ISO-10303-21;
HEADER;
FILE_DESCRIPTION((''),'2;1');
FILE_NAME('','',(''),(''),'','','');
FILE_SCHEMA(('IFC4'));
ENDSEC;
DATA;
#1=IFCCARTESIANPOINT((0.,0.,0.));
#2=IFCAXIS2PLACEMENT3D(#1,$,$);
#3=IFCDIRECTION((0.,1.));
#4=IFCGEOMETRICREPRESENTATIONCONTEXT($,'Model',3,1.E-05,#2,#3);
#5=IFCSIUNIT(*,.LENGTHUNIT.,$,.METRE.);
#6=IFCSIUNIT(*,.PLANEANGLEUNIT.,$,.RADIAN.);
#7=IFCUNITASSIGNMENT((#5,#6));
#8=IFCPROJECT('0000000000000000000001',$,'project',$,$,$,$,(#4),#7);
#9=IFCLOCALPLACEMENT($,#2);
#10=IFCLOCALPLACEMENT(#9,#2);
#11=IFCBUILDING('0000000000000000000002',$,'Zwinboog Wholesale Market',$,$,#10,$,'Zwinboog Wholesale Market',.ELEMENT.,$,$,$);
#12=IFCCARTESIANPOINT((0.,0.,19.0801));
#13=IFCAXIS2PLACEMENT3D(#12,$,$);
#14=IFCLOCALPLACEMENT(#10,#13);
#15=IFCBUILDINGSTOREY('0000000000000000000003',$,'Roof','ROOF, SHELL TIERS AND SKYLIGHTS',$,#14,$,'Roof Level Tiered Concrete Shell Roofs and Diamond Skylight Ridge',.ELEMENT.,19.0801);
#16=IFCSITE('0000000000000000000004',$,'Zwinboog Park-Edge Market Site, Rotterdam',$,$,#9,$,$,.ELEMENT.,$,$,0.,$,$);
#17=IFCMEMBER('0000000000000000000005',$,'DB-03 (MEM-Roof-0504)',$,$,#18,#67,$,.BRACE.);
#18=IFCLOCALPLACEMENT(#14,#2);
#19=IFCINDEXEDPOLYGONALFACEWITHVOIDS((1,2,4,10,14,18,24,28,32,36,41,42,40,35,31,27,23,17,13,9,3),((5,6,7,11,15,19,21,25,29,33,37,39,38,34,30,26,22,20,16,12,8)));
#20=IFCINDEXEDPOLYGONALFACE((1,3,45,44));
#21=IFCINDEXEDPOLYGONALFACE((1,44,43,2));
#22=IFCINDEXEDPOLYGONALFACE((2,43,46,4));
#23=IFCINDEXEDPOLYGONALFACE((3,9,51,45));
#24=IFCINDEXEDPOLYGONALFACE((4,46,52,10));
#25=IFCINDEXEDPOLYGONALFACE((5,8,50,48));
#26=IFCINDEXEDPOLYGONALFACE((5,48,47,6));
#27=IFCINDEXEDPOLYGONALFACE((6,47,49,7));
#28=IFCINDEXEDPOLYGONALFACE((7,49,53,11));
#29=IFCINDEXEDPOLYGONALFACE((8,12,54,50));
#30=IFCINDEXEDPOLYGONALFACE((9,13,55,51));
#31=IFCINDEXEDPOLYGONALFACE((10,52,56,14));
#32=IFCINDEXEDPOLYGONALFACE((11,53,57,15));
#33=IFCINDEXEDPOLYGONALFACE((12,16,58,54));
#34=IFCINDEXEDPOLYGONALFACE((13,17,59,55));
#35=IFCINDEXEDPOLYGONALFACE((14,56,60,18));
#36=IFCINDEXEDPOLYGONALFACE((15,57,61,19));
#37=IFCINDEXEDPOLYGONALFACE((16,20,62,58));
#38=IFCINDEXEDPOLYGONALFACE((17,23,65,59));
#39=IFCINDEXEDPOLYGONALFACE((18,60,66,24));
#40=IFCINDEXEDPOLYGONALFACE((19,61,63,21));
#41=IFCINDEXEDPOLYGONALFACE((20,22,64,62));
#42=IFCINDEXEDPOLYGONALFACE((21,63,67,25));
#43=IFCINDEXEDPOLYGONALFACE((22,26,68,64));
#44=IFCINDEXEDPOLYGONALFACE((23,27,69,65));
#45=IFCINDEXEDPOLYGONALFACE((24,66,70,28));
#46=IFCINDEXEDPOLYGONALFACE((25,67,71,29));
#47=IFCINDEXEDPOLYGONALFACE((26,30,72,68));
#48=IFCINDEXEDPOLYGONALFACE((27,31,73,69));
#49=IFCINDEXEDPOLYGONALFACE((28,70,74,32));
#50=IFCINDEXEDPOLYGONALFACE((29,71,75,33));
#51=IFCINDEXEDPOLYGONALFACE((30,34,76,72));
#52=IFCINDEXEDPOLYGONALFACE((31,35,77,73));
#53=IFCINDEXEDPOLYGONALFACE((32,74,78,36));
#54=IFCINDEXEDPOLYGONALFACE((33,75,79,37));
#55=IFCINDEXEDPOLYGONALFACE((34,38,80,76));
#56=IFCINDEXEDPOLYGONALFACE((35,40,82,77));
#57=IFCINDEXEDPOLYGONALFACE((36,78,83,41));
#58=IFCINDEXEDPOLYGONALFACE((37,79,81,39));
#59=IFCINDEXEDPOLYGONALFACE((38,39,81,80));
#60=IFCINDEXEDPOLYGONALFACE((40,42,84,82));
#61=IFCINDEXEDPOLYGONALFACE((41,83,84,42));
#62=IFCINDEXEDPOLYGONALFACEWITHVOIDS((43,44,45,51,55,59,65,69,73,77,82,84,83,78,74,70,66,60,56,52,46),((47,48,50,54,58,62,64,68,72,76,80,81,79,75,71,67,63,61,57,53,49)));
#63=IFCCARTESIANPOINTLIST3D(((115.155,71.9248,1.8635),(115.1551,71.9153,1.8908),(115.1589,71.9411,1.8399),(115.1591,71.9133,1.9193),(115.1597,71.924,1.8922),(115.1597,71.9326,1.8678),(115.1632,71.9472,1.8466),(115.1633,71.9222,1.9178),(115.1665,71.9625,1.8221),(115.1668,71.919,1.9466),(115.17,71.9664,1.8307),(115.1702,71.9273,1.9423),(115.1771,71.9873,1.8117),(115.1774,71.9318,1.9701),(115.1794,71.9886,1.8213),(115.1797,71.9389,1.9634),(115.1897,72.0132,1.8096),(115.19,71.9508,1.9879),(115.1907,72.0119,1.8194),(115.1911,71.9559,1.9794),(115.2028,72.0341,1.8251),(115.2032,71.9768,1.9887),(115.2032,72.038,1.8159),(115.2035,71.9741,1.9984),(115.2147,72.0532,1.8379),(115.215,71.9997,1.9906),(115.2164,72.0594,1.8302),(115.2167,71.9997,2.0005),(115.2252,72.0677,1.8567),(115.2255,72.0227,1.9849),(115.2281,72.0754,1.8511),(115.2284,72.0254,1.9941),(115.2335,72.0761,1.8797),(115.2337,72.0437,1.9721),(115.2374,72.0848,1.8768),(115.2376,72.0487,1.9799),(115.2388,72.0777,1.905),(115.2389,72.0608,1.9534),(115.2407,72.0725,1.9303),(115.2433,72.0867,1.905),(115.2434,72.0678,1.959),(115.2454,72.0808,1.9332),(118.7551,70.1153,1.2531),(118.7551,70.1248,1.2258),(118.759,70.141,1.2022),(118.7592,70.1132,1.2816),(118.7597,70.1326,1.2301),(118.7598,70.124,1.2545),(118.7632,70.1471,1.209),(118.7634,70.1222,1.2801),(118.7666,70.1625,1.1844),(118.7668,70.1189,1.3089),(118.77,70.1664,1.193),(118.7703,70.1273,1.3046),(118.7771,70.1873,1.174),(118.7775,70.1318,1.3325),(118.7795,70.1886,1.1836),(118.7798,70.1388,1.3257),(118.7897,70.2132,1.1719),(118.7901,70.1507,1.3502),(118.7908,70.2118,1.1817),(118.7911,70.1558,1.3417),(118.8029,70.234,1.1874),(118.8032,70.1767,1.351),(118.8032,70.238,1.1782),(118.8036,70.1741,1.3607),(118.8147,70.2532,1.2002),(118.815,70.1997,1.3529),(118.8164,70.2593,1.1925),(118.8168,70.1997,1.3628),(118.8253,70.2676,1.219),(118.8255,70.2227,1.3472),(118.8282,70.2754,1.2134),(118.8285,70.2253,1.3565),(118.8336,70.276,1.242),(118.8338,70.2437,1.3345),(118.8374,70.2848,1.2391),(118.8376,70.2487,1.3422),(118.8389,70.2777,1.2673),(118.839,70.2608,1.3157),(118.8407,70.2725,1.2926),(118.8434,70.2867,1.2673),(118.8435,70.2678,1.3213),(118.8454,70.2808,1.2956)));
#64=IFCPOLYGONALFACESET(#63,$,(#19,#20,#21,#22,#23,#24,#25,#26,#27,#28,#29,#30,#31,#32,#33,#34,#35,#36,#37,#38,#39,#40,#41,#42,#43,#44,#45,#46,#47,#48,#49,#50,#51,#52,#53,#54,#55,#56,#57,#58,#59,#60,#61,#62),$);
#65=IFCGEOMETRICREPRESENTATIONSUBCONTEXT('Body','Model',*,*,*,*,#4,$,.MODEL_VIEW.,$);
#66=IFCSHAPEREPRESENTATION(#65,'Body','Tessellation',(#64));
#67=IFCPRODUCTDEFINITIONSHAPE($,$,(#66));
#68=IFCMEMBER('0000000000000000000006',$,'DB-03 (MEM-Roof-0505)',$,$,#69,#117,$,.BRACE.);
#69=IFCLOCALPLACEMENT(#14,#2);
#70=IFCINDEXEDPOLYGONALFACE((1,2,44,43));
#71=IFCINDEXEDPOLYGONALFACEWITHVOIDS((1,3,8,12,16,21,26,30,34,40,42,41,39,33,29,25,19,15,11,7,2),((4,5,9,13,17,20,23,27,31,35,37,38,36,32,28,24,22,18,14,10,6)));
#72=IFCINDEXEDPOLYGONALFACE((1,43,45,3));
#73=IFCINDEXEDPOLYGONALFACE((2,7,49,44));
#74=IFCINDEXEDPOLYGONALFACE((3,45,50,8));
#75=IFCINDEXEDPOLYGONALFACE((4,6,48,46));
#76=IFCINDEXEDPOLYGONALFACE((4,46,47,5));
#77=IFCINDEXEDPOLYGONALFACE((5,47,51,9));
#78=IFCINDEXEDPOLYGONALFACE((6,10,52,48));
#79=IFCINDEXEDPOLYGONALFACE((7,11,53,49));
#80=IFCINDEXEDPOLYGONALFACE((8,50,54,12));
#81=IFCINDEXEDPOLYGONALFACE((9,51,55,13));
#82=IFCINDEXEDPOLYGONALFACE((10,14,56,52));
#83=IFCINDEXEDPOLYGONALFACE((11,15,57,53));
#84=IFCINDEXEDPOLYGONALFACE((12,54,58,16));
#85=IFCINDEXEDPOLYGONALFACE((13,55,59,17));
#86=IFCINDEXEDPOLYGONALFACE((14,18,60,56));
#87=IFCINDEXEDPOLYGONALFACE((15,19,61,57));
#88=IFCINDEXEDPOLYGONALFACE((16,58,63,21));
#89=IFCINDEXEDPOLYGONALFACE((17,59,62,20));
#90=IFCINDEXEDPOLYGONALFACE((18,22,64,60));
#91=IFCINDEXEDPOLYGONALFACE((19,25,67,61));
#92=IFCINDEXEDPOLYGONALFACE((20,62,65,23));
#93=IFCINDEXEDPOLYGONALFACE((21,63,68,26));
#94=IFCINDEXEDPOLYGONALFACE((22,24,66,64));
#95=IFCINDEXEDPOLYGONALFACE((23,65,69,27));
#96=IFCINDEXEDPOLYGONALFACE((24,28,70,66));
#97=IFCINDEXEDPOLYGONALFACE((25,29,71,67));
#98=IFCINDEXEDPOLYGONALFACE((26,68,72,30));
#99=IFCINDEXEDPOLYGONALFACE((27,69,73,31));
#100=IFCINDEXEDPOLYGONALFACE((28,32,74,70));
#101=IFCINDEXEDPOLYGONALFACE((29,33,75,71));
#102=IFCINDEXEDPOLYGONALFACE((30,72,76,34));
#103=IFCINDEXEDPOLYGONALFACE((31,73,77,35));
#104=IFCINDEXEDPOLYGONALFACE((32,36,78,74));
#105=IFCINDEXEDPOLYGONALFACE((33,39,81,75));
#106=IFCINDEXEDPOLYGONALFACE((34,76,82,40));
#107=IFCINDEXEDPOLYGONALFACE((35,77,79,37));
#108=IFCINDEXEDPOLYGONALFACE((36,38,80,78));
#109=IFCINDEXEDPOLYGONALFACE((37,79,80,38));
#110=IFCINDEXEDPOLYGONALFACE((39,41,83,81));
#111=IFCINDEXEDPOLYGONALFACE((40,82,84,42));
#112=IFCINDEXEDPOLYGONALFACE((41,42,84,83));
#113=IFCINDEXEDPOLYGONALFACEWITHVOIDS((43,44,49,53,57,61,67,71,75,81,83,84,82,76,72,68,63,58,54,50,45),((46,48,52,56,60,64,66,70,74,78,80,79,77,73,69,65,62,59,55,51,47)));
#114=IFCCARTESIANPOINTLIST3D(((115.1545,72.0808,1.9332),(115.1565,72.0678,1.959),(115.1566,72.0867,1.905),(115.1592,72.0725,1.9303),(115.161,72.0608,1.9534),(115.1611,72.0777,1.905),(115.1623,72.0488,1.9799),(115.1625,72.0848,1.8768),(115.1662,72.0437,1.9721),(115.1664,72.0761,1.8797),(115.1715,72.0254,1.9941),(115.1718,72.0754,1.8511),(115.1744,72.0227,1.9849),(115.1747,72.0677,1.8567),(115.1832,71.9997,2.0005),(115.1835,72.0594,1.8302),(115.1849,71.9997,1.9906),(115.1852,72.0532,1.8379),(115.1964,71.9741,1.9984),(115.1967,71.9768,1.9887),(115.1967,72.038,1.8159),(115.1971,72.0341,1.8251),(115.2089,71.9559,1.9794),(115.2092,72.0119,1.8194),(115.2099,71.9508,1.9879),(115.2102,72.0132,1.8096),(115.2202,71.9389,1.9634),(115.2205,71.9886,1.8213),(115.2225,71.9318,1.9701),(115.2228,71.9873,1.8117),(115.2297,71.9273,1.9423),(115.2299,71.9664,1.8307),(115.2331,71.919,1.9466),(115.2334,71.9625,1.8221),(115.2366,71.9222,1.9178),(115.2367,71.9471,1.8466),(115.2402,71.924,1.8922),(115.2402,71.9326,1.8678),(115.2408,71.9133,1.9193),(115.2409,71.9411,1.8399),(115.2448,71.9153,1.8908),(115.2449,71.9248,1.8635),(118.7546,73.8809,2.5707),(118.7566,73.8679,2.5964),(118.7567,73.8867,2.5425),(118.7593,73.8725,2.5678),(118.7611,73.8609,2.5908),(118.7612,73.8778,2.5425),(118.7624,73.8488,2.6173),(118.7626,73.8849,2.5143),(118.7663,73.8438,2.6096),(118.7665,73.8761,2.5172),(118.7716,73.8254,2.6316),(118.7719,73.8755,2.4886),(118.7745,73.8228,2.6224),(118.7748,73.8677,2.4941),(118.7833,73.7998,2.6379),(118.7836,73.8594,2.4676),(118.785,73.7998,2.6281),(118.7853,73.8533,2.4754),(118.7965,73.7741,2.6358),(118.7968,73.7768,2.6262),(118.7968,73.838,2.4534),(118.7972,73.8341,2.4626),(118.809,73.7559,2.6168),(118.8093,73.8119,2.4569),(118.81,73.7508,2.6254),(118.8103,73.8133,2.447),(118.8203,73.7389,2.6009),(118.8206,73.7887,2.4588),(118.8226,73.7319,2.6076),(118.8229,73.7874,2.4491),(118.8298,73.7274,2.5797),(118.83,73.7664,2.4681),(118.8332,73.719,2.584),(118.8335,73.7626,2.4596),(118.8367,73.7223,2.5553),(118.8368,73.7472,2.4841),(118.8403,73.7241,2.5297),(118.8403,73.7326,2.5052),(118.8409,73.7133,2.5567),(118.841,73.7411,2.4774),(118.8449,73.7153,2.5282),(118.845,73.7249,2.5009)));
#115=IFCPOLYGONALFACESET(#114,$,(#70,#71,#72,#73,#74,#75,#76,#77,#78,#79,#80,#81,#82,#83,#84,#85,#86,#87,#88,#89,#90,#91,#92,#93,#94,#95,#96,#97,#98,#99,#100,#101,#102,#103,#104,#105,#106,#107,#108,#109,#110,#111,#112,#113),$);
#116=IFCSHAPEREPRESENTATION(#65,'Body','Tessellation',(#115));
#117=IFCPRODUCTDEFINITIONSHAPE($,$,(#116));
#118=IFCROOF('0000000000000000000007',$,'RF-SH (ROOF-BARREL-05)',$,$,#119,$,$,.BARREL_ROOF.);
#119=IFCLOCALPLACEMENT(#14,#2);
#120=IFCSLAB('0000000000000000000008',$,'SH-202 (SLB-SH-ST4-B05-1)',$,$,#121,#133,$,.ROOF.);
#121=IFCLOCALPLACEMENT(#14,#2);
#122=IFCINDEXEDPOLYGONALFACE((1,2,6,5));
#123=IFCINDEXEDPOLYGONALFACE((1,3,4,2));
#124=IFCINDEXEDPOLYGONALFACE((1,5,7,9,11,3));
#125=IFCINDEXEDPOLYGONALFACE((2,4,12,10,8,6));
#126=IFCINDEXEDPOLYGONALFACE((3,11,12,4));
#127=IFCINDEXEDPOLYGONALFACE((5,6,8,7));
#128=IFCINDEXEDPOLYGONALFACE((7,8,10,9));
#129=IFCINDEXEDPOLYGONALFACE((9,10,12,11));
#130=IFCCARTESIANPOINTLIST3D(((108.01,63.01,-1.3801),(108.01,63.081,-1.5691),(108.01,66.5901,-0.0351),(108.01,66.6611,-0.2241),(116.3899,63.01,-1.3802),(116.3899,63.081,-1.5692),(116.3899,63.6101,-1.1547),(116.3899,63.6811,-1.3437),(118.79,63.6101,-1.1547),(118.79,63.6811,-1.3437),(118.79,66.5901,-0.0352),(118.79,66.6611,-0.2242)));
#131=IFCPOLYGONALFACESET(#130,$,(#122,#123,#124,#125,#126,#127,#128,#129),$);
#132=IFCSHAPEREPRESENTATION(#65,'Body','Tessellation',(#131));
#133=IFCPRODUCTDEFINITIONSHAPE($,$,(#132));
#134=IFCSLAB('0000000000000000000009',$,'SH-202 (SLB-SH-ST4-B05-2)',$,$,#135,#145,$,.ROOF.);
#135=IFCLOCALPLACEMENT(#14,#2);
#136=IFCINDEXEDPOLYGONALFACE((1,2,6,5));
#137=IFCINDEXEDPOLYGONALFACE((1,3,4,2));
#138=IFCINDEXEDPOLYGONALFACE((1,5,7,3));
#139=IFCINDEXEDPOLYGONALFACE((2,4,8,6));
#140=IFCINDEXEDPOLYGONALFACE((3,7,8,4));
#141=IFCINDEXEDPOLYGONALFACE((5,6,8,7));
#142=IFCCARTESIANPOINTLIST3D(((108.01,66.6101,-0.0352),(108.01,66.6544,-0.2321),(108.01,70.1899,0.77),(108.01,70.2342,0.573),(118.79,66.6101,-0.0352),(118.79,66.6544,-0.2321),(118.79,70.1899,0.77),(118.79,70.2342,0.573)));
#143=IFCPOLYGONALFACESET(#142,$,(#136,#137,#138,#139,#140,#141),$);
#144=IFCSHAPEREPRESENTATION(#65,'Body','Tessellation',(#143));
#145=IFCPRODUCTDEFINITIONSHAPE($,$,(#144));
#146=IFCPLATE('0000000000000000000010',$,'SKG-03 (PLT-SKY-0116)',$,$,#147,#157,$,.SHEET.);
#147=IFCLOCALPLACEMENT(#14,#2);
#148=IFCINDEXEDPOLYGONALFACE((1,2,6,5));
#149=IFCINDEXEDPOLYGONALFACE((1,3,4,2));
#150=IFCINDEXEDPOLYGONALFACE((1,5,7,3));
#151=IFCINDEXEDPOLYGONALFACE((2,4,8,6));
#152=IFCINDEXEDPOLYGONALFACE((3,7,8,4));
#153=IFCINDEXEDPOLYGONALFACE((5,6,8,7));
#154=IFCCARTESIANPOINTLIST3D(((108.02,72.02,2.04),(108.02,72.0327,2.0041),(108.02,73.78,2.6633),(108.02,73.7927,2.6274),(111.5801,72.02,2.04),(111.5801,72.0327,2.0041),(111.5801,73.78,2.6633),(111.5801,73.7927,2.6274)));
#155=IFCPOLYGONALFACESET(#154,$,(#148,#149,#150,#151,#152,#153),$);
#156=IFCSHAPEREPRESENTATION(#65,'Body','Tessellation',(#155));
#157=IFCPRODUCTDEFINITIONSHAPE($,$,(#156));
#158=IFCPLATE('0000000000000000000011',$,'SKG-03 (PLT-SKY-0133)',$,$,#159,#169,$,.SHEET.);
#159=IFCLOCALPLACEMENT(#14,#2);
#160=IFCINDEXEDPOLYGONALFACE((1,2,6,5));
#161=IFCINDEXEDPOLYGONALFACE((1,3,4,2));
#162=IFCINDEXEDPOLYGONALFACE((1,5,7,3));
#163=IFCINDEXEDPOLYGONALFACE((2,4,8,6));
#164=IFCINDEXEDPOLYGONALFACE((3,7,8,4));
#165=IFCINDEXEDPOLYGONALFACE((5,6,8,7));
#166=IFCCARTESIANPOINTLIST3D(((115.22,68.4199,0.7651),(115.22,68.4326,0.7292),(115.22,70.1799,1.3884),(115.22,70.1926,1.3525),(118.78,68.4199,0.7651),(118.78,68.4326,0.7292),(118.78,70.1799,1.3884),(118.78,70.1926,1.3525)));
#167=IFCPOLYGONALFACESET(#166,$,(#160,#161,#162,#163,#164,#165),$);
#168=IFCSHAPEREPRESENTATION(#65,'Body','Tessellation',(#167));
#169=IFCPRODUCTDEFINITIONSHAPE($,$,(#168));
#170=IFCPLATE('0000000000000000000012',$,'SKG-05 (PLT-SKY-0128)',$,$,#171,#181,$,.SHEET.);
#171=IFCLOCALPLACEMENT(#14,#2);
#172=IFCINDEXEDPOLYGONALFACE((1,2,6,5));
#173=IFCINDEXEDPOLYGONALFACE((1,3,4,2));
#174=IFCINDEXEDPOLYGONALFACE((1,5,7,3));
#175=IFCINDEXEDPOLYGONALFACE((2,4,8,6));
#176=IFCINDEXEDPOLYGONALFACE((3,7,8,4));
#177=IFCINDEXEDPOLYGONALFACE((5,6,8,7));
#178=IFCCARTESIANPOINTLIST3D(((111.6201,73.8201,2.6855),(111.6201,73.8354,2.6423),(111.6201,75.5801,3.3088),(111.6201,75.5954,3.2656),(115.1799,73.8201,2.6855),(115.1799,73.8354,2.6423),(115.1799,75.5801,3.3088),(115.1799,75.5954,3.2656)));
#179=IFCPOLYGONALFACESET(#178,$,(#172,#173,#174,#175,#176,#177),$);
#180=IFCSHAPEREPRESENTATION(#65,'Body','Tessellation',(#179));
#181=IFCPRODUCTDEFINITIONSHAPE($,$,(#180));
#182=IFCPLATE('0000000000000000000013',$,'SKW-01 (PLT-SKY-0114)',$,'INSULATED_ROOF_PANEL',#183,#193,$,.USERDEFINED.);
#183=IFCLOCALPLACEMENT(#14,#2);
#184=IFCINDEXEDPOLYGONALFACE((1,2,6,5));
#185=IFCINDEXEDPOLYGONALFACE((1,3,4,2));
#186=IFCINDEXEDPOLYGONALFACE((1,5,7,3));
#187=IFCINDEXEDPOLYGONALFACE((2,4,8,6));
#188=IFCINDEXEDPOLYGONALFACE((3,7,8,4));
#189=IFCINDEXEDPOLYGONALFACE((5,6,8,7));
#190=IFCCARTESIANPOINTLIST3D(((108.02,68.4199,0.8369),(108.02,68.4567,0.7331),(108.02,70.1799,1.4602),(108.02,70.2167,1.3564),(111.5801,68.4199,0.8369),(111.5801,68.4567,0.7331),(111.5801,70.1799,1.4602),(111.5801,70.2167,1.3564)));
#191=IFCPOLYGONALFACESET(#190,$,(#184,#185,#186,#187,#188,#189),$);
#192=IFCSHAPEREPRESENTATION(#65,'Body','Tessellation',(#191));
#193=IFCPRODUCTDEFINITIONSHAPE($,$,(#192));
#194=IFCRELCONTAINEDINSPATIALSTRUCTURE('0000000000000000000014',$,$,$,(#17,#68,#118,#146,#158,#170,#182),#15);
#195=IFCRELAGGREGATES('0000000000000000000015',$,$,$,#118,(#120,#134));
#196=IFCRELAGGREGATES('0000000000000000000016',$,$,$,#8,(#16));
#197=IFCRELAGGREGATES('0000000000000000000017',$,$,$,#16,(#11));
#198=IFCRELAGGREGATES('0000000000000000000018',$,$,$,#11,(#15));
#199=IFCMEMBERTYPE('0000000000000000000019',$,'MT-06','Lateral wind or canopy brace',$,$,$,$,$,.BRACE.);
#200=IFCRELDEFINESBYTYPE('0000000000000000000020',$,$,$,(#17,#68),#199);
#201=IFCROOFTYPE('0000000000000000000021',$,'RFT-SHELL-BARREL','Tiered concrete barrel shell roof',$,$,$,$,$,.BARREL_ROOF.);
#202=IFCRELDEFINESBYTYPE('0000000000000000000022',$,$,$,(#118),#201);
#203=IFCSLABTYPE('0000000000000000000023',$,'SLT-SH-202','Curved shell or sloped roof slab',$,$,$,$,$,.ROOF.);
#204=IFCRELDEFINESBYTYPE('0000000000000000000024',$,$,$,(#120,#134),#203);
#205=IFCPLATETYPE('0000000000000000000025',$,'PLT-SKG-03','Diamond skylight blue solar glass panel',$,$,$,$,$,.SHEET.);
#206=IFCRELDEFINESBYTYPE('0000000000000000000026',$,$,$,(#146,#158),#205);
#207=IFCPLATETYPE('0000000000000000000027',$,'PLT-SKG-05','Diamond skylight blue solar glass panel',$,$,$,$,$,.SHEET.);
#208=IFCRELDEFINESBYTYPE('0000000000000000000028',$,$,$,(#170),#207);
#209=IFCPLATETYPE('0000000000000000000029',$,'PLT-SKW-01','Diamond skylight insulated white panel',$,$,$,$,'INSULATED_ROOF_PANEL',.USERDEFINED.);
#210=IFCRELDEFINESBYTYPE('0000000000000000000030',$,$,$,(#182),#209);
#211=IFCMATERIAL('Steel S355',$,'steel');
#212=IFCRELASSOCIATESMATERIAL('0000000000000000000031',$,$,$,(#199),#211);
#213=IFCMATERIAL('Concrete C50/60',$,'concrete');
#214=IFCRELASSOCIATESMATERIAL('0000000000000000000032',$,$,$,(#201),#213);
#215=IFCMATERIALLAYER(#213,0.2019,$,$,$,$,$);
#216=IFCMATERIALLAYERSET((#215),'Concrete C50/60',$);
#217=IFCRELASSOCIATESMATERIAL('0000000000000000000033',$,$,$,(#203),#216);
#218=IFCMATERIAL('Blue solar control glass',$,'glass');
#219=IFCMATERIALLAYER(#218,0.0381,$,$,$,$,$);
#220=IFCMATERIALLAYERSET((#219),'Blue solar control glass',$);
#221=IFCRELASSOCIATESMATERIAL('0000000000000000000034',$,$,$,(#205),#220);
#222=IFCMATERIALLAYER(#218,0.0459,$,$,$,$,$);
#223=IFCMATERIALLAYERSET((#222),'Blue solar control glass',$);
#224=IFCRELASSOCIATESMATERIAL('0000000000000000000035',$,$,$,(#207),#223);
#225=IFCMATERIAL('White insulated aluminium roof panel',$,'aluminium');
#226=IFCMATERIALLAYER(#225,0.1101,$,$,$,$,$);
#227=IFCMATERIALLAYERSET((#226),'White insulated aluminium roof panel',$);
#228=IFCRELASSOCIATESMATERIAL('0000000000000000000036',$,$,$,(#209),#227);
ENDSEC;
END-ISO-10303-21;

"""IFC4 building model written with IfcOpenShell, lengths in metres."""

from ifc_helpers import new_model, si_unit, direction, frame, origin, origin_2d, place, context, subcontext, project, spatial, polyline, hollow_circle, outline, extrude, material, layer, layer_set, material_profile, profile_set, type_object, element, aggregate, save


model = new_model("IFC4")

# Units and contexts
model_context = context("Model", 3, precision=1e-05, world=origin(), true_north=direction((0.0, 1.0)))
body_context = subcontext(model_context, "Body", "Model", "MODEL_VIEW")
ifc_project = project(units=[si_unit("LENGTHUNIT", "METRE"), si_unit("PLANEANGLEUNIT", "RADIAN")], contexts=[model_context])

# Site, building, storey
site_placement = place(None, origin())
site = spatial("IfcSite", under=ifc_project, at=site_placement, Name="Zwinboog Park-Edge Market Site, Rotterdam", CompositionType="ELEMENT", RefElevation=0.0)
building_placement = place(site_placement, origin())
building = spatial("IfcBuilding", under=site, at=building_placement, Name="Zwinboog Wholesale Market", LongName="Zwinboog Wholesale Market", CompositionType="ELEMENT")
storey_placement = place(building_placement, frame((0.0, 0.0, 19.0801)))
storey = spatial("IfcBuildingStorey", under=building, at=storey_placement, Name="Roof", Description="ROOF, SHELL TIERS AND SKYLIGHTS", LongName="Roof Level Tiered Concrete Shell Roofs and Diamond Skylight Ridge", CompositionType="ELEMENT", Elevation=19.0801)

# Members
ifc_material_1 = material(Name="Steel S355", Category="steel")
ifc_material_profile_1 = material_profile(ifc_material_1, hollow_circle(Radius=0.0969, WallThickness=0.01, at=origin_2d()), Name="CHS 193.7x10")
ifc_profile_set_1 = profile_set([ifc_material_profile_1], Name="Steel S355")
member_type_1 = type_object("IfcMemberType", Name="MT-06", Description="Lateral wind or canopy brace", PredefinedType="BRACE", material=ifc_profile_set_1)
for number, where, z_axis, x_axis, name in (
    (1, (115.2, 72.0, 1.905), (0.883409, -0.441704, -0.156481), (0.447214, 0.894427, 0.0), "DB-03 (MEM-Roof-0504)"),
    (2, (115.2, 72.0, 1.905), (0.883417, 0.441709, 0.156422), (-0.447214, 0.894427, 0.0), "DB-03 (MEM-Roof-0505)"),
):
    element("IfcMember", number, at=place(storey_placement, frame(where, z_axis=z_axis, x_axis=x_axis)), inside=storey, type_object=member_type_1, Name=name, PredefinedType="BRACE", context=body_context, shape_type="SweptSolid", body=[
        extrude(hollow_circle(Radius=0.0969, WallThickness=0.01, at=origin_2d()), origin(), (0.0, 0.0, 1.0), 4.0752),
    ])

# Roof, slabs
ifc_material_2 = material(Name="Concrete C50/60", Category="concrete")
roof_type = type_object("IfcRoofType", Name="RFT-SHELL-BARREL", Description="Tiered concrete barrel shell roof", PredefinedType="BARREL_ROOF", material=ifc_material_2)
roof_placement = place(storey_placement, origin())
roof = element("IfcRoof", 3, at=roof_placement, inside=storey, type_object=roof_type, Name="RF-SH (ROOF-BARREL-05)", PredefinedType="BARREL_ROOF")
ifc_layer_1 = layer(ifc_material_2, 0.2019)
ifc_layer_set_1 = layer_set([ifc_layer_1], Name="Concrete C50/60")
slab_type = type_object("IfcSlabType", Name="SLT-SH-202", Description="Curved shell or sloped roof slab", PredefinedType="ROOF", material=ifc_layer_set_1)
slab_1_placement = place(storey_placement, frame((108.01, 63.01, -1.3801), z_axis=(0.000005, -0.351689, 0.936117), x_axis=(1.0, 0.000002, -0.000004)))
slab_1 = element("IfcSlab", 4, at=slab_1_placement, type_object=slab_type, Name="SH-202 (SLB-SH-ST4-B05-1)", PredefinedType="ROOF", context=body_context, shape_type="SweptSolid", body=[
    extrude(outline(polyline([(0.0, 0.0), (8.3799, 0.0), (8.3799, 0.641), (10.78, 0.641), (10.78, 3.8244), (0.0, 3.8244), (0.0, 0.0)])), origin(), (0.0, 0.0, -1.0), 0.2019),
])
slab_2_placement = place(storey_placement, frame((108.01, 66.6101, -0.0352), z_axis=(0.0, -0.219438, 0.975626), x_axis=(1.0, 0.0, 0.0)))
slab_2 = element("IfcSlab", 5, at=slab_2_placement, type_object=slab_type, Name="SH-202 (SLB-SH-ST4-B05-2)", PredefinedType="ROOF", context=body_context, shape_type="SweptSolid", body=[
    extrude(outline(polyline([(0.0, 0.0), (10.78, 0.0), (10.78, 3.6693), (0.0, 3.6693), (0.0, 0.0)])), origin(), (0.0, 0.0, -1.0), 0.2019),
])
aggregate(roof, [slab_1, slab_2])

# Plates
ifc_material_3 = material(Name="Blue solar control glass", Category="glass")
ifc_layer_2 = layer(ifc_material_3, 0.0381)
ifc_layer_set_2 = layer_set([ifc_layer_2], Name="Blue solar control glass")
plate_type_1 = type_object("IfcPlateType", Name="PLT-SKG-03", Description="Diamond skylight blue solar glass panel", PredefinedType="SHEET", material=ifc_layer_set_2)
for number, where, z_axis, x_axis, name in (
    (6, (108.02, 72.02, 2.04), (0.0, -0.333825, 0.942635), (1.0, 0.0, 0.0), "SKG-03 (PLT-SKY-0116)"),
    (7, (115.22, 68.4199, 0.7651), (0.0, -0.333825, 0.942635), (1.0, 0.0, 0.0), "SKG-03 (PLT-SKY-0133)"),
):
    element("IfcPlate", number, at=place(storey_placement, frame(where, z_axis=z_axis, x_axis=x_axis)), inside=storey, type_object=plate_type_1, Name=name, PredefinedType="SHEET", context=body_context, shape_type="SweptSolid", body=[
        extrude(outline(polyline([(0.0, 0.0), (3.5601, 0.0), (3.5601, 1.8671), (0.0, 1.8671), (0.0, 0.0)])), origin(), (0.0, 0.0, -1.0), 0.0381),
    ])
ifc_layer_3 = layer(ifc_material_3, 0.0459)
ifc_layer_set_3 = layer_set([ifc_layer_3], Name="Blue solar control glass")
plate_type_2 = type_object("IfcPlateType", Name="PLT-SKG-05", Description="Diamond skylight blue solar glass panel", PredefinedType="SHEET", material=ifc_layer_set_3)
plate_1_placement = place(storey_placement, frame((111.6201, 73.8201, 2.6855), z_axis=(0.0, -0.333825, 0.942635), x_axis=(1.0, 0.0, 0.0)))
element("IfcPlate", 8, at=plate_1_placement, inside=storey, type_object=plate_type_2, Name="SKG-05 (PLT-SKY-0128)", PredefinedType="SHEET", context=body_context, shape_type="SweptSolid", body=[
    extrude(outline(polyline([(0.0, 0.0), (3.5598, 0.0), (3.5598, 1.8671), (0.0, 1.8671), (0.0, 0.0)])), origin(), (0.0, 0.0, -1.0), 0.0459),
])
ifc_material_4 = material(Name="White insulated aluminium roof panel", Category="aluminium")
ifc_layer_4 = layer(ifc_material_4, 0.1101)
ifc_layer_set_4 = layer_set([ifc_layer_4], Name="White insulated aluminium roof panel")
plate_type_3 = type_object("IfcPlateType", Name="PLT-SKW-01", Description="Diamond skylight insulated white panel", ElementType="INSULATED_ROOF_PANEL", PredefinedType="USERDEFINED", material=ifc_layer_set_4)
plate_2_placement = place(storey_placement, frame((108.02, 68.4199, 0.8369), z_axis=(0.0, -0.333825, 0.942635), x_axis=(1.0, 0.0, 0.0)))
element("IfcPlate", 9, at=plate_2_placement, inside=storey, type_object=plate_type_3, Name="SKW-01 (PLT-SKY-0114)", ObjectType="INSULATED_ROOF_PANEL", PredefinedType="USERDEFINED", context=body_context, shape_type="SweptSolid", body=[
    extrude(outline(polyline([(0.0, 0.0), (3.5601, 0.0), (3.5601, 1.8671), (0.0, 1.8671), (0.0, 0.0)])), origin(), (0.0, 0.0, -1.0), 0.1101),
])

save(model, "model.ifc")
